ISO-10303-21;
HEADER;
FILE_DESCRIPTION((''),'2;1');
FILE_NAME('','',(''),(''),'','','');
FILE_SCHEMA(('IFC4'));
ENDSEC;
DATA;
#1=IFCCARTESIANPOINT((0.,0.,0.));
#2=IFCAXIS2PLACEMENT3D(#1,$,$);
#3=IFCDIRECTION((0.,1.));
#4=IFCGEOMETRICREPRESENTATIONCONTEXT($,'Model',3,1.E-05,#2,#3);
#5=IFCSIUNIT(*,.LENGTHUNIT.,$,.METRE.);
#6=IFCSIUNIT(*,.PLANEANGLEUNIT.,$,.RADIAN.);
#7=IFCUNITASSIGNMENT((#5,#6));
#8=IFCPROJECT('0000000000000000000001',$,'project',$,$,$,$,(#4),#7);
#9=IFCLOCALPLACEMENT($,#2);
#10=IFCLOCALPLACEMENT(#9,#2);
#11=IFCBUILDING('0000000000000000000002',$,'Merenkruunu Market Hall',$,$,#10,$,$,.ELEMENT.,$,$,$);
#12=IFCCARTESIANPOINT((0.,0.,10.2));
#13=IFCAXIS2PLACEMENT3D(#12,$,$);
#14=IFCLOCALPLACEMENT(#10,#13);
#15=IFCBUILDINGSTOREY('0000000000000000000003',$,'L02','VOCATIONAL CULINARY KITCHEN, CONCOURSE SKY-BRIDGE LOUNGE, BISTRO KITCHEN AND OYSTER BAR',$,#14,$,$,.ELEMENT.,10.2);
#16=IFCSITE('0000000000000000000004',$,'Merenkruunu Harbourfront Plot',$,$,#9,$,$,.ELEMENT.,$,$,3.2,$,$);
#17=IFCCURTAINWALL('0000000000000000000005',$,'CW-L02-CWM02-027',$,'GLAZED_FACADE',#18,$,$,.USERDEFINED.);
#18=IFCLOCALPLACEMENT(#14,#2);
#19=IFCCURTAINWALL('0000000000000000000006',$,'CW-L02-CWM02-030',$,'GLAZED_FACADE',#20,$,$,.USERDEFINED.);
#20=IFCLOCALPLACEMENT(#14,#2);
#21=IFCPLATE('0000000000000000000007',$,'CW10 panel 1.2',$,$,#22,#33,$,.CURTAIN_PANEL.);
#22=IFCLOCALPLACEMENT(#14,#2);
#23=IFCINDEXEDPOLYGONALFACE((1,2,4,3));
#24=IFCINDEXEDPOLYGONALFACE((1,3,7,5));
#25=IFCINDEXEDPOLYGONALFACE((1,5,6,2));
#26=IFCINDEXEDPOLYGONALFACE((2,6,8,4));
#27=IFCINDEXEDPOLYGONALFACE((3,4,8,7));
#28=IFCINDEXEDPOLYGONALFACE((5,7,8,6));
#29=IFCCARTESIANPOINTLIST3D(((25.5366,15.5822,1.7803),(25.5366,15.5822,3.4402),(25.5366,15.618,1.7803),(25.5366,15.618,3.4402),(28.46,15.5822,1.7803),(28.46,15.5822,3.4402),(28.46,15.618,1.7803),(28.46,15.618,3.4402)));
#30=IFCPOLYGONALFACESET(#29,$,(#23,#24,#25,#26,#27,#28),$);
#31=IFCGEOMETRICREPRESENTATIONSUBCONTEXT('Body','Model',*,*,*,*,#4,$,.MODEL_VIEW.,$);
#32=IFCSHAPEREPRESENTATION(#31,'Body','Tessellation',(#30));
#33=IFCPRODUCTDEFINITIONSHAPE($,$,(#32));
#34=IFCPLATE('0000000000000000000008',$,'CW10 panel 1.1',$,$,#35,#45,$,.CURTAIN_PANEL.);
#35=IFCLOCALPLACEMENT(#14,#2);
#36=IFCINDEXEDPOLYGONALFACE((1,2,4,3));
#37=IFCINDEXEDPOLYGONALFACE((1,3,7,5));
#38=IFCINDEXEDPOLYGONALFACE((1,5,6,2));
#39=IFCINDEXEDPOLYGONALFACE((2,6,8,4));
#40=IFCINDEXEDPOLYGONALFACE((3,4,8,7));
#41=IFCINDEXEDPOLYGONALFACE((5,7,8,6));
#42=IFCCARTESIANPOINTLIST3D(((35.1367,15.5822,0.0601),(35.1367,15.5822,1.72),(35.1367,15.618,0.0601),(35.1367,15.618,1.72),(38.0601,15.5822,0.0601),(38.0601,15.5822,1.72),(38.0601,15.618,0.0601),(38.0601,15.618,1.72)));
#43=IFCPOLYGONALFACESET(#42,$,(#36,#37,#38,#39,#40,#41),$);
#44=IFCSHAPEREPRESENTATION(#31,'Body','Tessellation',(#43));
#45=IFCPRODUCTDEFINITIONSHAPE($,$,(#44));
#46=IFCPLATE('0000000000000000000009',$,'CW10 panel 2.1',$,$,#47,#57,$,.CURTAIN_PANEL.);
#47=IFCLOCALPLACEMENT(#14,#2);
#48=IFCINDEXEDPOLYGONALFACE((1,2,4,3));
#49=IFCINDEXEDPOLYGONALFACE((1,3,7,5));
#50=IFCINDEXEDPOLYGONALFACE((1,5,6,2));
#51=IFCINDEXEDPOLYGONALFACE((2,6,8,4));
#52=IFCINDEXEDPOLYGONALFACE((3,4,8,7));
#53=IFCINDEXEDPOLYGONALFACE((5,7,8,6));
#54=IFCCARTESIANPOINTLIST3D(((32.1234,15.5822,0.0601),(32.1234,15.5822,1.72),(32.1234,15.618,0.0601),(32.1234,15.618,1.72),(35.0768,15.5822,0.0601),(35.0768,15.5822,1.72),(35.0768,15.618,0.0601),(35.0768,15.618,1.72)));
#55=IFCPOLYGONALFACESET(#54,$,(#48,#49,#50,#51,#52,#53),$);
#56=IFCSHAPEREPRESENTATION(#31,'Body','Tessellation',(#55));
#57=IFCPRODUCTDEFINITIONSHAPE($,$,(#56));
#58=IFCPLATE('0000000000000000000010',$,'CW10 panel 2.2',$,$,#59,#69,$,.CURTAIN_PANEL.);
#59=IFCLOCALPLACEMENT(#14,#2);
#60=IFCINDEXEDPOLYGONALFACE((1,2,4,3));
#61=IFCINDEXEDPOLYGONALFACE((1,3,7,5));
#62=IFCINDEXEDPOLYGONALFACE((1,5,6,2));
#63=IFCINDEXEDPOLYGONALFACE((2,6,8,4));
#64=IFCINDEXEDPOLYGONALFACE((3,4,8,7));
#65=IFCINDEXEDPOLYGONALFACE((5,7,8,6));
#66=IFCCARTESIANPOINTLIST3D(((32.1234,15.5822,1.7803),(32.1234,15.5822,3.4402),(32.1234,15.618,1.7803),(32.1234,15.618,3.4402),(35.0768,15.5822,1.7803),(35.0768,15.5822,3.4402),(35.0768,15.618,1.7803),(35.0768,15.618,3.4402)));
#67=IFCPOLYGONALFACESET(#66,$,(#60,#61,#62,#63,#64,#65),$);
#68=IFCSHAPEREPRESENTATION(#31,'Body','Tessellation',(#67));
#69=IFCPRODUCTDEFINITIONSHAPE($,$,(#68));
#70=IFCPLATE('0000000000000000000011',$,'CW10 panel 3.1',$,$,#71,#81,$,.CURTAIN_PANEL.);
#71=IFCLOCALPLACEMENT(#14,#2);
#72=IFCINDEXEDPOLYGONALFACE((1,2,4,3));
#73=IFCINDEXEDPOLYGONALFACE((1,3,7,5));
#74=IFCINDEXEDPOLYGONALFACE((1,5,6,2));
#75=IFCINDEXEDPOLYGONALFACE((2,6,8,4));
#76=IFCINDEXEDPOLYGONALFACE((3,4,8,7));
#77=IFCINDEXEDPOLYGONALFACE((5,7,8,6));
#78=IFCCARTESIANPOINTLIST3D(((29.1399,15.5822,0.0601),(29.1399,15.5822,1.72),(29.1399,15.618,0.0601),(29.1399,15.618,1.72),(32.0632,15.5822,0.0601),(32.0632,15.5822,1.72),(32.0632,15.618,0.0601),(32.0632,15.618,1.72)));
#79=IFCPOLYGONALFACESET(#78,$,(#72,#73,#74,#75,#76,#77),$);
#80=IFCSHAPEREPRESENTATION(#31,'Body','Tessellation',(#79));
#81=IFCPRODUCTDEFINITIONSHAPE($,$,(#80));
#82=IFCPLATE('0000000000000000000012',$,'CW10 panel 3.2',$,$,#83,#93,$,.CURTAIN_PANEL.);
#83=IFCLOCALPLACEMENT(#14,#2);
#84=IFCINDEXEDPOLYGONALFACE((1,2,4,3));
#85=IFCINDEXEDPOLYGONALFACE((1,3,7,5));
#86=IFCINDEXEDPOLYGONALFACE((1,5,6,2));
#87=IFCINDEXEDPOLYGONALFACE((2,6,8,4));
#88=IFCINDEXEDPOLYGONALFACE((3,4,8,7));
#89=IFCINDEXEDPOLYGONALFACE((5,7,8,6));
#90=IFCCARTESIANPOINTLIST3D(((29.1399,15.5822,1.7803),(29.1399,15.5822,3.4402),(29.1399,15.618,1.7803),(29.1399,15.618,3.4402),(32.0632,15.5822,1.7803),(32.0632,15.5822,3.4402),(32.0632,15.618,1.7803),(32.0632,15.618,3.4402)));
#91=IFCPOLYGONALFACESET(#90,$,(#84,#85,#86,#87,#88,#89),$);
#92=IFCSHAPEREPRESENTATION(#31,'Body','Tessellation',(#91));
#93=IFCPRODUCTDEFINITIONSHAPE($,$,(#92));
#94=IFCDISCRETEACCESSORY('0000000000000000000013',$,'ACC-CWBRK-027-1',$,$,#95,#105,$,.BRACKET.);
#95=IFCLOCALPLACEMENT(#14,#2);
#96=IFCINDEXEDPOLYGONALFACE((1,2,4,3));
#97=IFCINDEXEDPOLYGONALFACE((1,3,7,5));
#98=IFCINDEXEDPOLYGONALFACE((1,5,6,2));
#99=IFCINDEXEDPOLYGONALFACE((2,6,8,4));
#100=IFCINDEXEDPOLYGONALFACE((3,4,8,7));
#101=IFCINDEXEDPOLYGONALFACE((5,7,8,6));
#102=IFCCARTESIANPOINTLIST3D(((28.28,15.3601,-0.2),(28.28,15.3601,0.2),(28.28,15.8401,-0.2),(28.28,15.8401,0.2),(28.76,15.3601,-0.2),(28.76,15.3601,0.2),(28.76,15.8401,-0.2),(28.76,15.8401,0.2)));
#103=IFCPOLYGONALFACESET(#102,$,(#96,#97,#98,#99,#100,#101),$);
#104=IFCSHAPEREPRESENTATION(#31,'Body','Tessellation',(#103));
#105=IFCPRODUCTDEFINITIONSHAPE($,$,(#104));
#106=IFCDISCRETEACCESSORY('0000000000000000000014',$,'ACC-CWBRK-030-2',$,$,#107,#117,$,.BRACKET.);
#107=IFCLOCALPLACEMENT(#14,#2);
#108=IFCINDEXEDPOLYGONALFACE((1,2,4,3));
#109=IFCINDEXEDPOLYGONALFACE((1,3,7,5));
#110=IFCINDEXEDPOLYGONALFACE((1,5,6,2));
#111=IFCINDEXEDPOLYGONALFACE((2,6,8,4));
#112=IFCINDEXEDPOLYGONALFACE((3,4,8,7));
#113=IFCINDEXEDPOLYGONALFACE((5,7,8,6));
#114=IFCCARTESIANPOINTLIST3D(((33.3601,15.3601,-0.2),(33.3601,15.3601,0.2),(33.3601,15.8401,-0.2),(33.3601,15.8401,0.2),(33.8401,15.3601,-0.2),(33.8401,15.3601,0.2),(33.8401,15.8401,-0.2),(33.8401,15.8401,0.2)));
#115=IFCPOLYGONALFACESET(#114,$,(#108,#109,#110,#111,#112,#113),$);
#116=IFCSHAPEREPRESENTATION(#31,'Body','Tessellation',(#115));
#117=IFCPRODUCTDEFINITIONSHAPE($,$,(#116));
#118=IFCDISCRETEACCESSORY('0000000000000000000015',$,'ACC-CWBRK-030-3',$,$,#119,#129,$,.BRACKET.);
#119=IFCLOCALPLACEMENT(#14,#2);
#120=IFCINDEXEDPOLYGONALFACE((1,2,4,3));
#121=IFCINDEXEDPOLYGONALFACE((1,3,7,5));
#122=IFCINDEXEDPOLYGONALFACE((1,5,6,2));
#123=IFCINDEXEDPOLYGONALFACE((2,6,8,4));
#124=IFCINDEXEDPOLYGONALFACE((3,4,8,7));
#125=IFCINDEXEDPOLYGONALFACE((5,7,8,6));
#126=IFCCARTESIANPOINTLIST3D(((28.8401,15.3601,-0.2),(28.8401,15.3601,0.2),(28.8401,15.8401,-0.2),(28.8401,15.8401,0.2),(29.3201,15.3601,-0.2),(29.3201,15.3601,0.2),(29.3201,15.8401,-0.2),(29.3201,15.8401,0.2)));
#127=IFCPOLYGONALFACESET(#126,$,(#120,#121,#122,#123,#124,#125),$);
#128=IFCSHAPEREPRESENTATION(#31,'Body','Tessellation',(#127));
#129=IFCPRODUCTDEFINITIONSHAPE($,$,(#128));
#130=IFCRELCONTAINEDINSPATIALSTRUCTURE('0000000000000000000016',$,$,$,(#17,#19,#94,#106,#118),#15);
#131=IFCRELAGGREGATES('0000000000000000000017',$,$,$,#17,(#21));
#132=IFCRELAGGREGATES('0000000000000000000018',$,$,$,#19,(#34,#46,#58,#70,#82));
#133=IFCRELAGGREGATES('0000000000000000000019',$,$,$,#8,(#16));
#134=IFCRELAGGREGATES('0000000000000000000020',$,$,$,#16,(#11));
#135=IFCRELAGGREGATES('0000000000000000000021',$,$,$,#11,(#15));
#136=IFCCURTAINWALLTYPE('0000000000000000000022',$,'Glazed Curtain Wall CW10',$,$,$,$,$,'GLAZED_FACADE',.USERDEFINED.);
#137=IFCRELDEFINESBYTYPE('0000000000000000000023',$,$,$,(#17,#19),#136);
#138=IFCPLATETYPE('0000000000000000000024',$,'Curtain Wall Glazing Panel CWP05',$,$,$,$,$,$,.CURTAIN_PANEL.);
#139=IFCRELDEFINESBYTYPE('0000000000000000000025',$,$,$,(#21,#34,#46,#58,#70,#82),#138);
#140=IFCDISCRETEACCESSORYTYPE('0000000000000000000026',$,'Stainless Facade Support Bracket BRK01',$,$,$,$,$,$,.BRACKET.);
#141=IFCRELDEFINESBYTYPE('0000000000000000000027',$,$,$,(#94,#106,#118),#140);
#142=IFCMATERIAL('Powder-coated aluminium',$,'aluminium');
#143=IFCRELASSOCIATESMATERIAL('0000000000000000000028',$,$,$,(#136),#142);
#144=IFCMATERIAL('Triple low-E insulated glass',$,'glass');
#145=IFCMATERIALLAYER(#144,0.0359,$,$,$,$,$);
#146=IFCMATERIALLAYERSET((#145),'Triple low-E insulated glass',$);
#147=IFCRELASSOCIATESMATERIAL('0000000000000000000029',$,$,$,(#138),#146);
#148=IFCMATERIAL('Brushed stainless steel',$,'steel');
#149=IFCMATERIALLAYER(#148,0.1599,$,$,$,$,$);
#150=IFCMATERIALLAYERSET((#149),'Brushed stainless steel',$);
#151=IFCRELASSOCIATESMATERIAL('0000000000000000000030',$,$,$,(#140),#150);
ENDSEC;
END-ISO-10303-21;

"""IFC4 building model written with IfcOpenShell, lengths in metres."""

from ifc_helpers import new_model, si_unit, direction, frame, origin, origin_2d, place, context, subcontext, project, spatial, rectangle, extrude, material, layer, layer_set, type_object, element, aggregate, save


model = new_model("IFC4")

# Units and contexts
model_context = context("Model", 3, precision=1e-05, world=origin(), true_north=direction((0.0, 1.0)))
body_context = subcontext(model_context, "Body", "Model", "MODEL_VIEW")
ifc_project = project(units=[si_unit("LENGTHUNIT", "METRE"), si_unit("PLANEANGLEUNIT", "RADIAN")], contexts=[model_context])

# Site, building, storey
site_placement = place(None, origin())
site = spatial("IfcSite", under=ifc_project, at=site_placement, Name="Merenkruunu Harbourfront Plot", CompositionType="ELEMENT", RefElevation=3.2)
building_placement = place(site_placement, origin())
building = spatial("IfcBuilding", under=site, at=building_placement, Name="Merenkruunu Market Hall", CompositionType="ELEMENT")
storey_placement = place(building_placement, frame((0.0, 0.0, 10.2)))
storey = spatial("IfcBuildingStorey", under=building, at=storey_placement, Name="L02", Description="VOCATIONAL CULINARY KITCHEN, CONCOURSE SKY-BRIDGE LOUNGE, BISTRO KITCHEN AND OYSTER BAR", CompositionType="ELEMENT", Elevation=10.2)

# Curtain wall
ifc_material_1 = material(Name="Powder-coated aluminium", Category="aluminium")
curtain_wall_type = type_object("IfcCurtainWallType", Name="Glazed Curtain Wall CW10", ElementType="GLAZED_FACADE", PredefinedType="USERDEFINED", material=ifc_material_1)
curtain_wall_1_placement = place(storey_placement, origin())
curtain_wall_1 = element("IfcCurtainWall", 1, at=curtain_wall_1_placement, inside=storey, type_object=curtain_wall_type, Name="CW-L02-CWM02-027", ObjectType="GLAZED_FACADE", PredefinedType="USERDEFINED")

# Curtain wall
curtain_wall_2_placement = place(storey_placement, origin())
curtain_wall_2 = element("IfcCurtainWall", 2, at=curtain_wall_2_placement, inside=storey, type_object=curtain_wall_type, Name="CW-L02-CWM02-030", ObjectType="GLAZED_FACADE", PredefinedType="USERDEFINED")

# Plates
ifc_material_2 = material(Name="Triple low-E insulated glass", Category="glass")
ifc_layer_1 = layer(ifc_material_2, 0.0359)
ifc_layer_set_1 = layer_set([ifc_layer_1], Name="Triple low-E insulated glass")
plate_type = type_object("IfcPlateType", Name="Curtain Wall Glazing Panel CWP05", PredefinedType="CURTAIN_PANEL", material=ifc_layer_set_1)
plate_1_placement = place(storey_placement, frame((26.9983, 15.6001, 1.7803), z_axis=(0.0, 0.0, 1.0), x_axis=(-1.0, 0.0, 0.0)))
plate_1 = element("IfcPlate", 3, at=plate_1_placement, type_object=plate_type, Name="CW10 panel 1.2", PredefinedType="CURTAIN_PANEL", context=body_context, shape_type="SweptSolid", body=[
    extrude(rectangle(XDim=2.9233, YDim=0.0359, at=origin_2d()), origin(), (0.0, 0.0, 1.0), 1.6599),
])
aggregate(curtain_wall_1, [plate_1])
plate_2_placement = place(storey_placement, frame((36.5984, 15.6001, 0.0601), z_axis=(0.0, 0.0, 1.0), x_axis=(-1.0, 0.0, 0.0)))
plate_2 = element("IfcPlate", 4, at=plate_2_placement, type_object=plate_type, Name="CW10 panel 1.1", PredefinedType="CURTAIN_PANEL", context=body_context, shape_type="SweptSolid", body=[
    extrude(rectangle(XDim=2.9233, YDim=0.0359, at=origin_2d()), origin(), (0.0, 0.0, 1.0), 1.6599),
])
plate_3_placement = place(storey_placement, frame((33.6001, 15.6001, 0.0601), z_axis=(0.0, 0.0, 1.0), x_axis=(-1.0, 0.0, 0.0)))
plate_3 = element("IfcPlate", 5, at=plate_3_placement, type_object=plate_type, Name="CW10 panel 2.1", PredefinedType="CURTAIN_PANEL", context=body_context, shape_type="SweptSolid", body=[
    extrude(rectangle(XDim=2.9534, YDim=0.0359, at=origin_2d()), origin(), (0.0, 0.0, 1.0), 1.6599),
])
plate_4_placement = place(storey_placement, frame((33.6001, 15.6001, 1.7803), z_axis=(0.0, 0.0, 1.0), x_axis=(-1.0, 0.0, 0.0)))
plate_4 = element("IfcPlate", 6, at=plate_4_placement, type_object=plate_type, Name="CW10 panel 2.2", PredefinedType="CURTAIN_PANEL", context=body_context, shape_type="SweptSolid", body=[
    extrude(rectangle(XDim=2.9534, YDim=0.0359, at=origin_2d()), origin(), (0.0, 0.0, 1.0), 1.6599),
])
plate_5_placement = place(storey_placement, frame((30.6016, 15.6001, 0.0601), z_axis=(0.0, 0.0, 1.0), x_axis=(-1.0, 0.0, 0.0)))
plate_5 = element("IfcPlate", 7, at=plate_5_placement, type_object=plate_type, Name="CW10 panel 3.1", PredefinedType="CURTAIN_PANEL", context=body_context, shape_type="SweptSolid", body=[
    extrude(rectangle(XDim=2.9233, YDim=0.0359, at=origin_2d()), origin(), (0.0, 0.0, 1.0), 1.6599),
])
plate_6_placement = place(storey_placement, frame((30.6016, 15.6001, 1.7803), z_axis=(0.0, 0.0, 1.0), x_axis=(-1.0, 0.0, 0.0)))
plate_6 = element("IfcPlate", 8, at=plate_6_placement, type_object=plate_type, Name="CW10 panel 3.2", PredefinedType="CURTAIN_PANEL", context=body_context, shape_type="SweptSolid", body=[
    extrude(rectangle(XDim=2.9233, YDim=0.0359, at=origin_2d()), origin(), (0.0, 0.0, 1.0), 1.6599),
])
aggregate(curtain_wall_2, [plate_2, plate_3, plate_4, plate_5, plate_6])

# Discrete accessories
ifc_material_3 = material(Name="Brushed stainless steel", Category="steel")
ifc_layer_2 = layer(ifc_material_3, 0.1599)
ifc_layer_set_2 = layer_set([ifc_layer_2], Name="Brushed stainless steel")
discrete_accessory_type = type_object("IfcDiscreteAccessoryType", Name="Stainless Facade Support Bracket BRK01", PredefinedType="BRACKET", material=ifc_layer_set_2)
for number, where, z_axis, x_axis, name in (
    (9, (28.52, 15.6001, -0.2), (0.0, 0.0, 1.0), (1.0, 0.0, 0.0), "ACC-CWBRK-027-1"),
    (10, (33.6001, 15.6001, -0.2), (0.0, 0.0, 1.0), (1.0, 0.0, 0.0), "ACC-CWBRK-030-2"),
    (11, (29.0801, 15.6001, -0.2), (0.0, 0.0, 1.0), (1.0, 0.0, 0.0), "ACC-CWBRK-030-3"),
):
    element("IfcDiscreteAccessory", number, at=place(storey_placement, frame(where, z_axis=z_axis, x_axis=x_axis)), inside=storey, type_object=discrete_accessory_type, Name=name, PredefinedType="BRACKET", context=body_context, shape_type="SweptSolid", body=[
        extrude(rectangle(XDim=0.48, YDim=0.48, at=origin_2d()), origin(), (0.0, 0.0, 1.0), 0.3999),
    ])

save(model, "model.ifc")
